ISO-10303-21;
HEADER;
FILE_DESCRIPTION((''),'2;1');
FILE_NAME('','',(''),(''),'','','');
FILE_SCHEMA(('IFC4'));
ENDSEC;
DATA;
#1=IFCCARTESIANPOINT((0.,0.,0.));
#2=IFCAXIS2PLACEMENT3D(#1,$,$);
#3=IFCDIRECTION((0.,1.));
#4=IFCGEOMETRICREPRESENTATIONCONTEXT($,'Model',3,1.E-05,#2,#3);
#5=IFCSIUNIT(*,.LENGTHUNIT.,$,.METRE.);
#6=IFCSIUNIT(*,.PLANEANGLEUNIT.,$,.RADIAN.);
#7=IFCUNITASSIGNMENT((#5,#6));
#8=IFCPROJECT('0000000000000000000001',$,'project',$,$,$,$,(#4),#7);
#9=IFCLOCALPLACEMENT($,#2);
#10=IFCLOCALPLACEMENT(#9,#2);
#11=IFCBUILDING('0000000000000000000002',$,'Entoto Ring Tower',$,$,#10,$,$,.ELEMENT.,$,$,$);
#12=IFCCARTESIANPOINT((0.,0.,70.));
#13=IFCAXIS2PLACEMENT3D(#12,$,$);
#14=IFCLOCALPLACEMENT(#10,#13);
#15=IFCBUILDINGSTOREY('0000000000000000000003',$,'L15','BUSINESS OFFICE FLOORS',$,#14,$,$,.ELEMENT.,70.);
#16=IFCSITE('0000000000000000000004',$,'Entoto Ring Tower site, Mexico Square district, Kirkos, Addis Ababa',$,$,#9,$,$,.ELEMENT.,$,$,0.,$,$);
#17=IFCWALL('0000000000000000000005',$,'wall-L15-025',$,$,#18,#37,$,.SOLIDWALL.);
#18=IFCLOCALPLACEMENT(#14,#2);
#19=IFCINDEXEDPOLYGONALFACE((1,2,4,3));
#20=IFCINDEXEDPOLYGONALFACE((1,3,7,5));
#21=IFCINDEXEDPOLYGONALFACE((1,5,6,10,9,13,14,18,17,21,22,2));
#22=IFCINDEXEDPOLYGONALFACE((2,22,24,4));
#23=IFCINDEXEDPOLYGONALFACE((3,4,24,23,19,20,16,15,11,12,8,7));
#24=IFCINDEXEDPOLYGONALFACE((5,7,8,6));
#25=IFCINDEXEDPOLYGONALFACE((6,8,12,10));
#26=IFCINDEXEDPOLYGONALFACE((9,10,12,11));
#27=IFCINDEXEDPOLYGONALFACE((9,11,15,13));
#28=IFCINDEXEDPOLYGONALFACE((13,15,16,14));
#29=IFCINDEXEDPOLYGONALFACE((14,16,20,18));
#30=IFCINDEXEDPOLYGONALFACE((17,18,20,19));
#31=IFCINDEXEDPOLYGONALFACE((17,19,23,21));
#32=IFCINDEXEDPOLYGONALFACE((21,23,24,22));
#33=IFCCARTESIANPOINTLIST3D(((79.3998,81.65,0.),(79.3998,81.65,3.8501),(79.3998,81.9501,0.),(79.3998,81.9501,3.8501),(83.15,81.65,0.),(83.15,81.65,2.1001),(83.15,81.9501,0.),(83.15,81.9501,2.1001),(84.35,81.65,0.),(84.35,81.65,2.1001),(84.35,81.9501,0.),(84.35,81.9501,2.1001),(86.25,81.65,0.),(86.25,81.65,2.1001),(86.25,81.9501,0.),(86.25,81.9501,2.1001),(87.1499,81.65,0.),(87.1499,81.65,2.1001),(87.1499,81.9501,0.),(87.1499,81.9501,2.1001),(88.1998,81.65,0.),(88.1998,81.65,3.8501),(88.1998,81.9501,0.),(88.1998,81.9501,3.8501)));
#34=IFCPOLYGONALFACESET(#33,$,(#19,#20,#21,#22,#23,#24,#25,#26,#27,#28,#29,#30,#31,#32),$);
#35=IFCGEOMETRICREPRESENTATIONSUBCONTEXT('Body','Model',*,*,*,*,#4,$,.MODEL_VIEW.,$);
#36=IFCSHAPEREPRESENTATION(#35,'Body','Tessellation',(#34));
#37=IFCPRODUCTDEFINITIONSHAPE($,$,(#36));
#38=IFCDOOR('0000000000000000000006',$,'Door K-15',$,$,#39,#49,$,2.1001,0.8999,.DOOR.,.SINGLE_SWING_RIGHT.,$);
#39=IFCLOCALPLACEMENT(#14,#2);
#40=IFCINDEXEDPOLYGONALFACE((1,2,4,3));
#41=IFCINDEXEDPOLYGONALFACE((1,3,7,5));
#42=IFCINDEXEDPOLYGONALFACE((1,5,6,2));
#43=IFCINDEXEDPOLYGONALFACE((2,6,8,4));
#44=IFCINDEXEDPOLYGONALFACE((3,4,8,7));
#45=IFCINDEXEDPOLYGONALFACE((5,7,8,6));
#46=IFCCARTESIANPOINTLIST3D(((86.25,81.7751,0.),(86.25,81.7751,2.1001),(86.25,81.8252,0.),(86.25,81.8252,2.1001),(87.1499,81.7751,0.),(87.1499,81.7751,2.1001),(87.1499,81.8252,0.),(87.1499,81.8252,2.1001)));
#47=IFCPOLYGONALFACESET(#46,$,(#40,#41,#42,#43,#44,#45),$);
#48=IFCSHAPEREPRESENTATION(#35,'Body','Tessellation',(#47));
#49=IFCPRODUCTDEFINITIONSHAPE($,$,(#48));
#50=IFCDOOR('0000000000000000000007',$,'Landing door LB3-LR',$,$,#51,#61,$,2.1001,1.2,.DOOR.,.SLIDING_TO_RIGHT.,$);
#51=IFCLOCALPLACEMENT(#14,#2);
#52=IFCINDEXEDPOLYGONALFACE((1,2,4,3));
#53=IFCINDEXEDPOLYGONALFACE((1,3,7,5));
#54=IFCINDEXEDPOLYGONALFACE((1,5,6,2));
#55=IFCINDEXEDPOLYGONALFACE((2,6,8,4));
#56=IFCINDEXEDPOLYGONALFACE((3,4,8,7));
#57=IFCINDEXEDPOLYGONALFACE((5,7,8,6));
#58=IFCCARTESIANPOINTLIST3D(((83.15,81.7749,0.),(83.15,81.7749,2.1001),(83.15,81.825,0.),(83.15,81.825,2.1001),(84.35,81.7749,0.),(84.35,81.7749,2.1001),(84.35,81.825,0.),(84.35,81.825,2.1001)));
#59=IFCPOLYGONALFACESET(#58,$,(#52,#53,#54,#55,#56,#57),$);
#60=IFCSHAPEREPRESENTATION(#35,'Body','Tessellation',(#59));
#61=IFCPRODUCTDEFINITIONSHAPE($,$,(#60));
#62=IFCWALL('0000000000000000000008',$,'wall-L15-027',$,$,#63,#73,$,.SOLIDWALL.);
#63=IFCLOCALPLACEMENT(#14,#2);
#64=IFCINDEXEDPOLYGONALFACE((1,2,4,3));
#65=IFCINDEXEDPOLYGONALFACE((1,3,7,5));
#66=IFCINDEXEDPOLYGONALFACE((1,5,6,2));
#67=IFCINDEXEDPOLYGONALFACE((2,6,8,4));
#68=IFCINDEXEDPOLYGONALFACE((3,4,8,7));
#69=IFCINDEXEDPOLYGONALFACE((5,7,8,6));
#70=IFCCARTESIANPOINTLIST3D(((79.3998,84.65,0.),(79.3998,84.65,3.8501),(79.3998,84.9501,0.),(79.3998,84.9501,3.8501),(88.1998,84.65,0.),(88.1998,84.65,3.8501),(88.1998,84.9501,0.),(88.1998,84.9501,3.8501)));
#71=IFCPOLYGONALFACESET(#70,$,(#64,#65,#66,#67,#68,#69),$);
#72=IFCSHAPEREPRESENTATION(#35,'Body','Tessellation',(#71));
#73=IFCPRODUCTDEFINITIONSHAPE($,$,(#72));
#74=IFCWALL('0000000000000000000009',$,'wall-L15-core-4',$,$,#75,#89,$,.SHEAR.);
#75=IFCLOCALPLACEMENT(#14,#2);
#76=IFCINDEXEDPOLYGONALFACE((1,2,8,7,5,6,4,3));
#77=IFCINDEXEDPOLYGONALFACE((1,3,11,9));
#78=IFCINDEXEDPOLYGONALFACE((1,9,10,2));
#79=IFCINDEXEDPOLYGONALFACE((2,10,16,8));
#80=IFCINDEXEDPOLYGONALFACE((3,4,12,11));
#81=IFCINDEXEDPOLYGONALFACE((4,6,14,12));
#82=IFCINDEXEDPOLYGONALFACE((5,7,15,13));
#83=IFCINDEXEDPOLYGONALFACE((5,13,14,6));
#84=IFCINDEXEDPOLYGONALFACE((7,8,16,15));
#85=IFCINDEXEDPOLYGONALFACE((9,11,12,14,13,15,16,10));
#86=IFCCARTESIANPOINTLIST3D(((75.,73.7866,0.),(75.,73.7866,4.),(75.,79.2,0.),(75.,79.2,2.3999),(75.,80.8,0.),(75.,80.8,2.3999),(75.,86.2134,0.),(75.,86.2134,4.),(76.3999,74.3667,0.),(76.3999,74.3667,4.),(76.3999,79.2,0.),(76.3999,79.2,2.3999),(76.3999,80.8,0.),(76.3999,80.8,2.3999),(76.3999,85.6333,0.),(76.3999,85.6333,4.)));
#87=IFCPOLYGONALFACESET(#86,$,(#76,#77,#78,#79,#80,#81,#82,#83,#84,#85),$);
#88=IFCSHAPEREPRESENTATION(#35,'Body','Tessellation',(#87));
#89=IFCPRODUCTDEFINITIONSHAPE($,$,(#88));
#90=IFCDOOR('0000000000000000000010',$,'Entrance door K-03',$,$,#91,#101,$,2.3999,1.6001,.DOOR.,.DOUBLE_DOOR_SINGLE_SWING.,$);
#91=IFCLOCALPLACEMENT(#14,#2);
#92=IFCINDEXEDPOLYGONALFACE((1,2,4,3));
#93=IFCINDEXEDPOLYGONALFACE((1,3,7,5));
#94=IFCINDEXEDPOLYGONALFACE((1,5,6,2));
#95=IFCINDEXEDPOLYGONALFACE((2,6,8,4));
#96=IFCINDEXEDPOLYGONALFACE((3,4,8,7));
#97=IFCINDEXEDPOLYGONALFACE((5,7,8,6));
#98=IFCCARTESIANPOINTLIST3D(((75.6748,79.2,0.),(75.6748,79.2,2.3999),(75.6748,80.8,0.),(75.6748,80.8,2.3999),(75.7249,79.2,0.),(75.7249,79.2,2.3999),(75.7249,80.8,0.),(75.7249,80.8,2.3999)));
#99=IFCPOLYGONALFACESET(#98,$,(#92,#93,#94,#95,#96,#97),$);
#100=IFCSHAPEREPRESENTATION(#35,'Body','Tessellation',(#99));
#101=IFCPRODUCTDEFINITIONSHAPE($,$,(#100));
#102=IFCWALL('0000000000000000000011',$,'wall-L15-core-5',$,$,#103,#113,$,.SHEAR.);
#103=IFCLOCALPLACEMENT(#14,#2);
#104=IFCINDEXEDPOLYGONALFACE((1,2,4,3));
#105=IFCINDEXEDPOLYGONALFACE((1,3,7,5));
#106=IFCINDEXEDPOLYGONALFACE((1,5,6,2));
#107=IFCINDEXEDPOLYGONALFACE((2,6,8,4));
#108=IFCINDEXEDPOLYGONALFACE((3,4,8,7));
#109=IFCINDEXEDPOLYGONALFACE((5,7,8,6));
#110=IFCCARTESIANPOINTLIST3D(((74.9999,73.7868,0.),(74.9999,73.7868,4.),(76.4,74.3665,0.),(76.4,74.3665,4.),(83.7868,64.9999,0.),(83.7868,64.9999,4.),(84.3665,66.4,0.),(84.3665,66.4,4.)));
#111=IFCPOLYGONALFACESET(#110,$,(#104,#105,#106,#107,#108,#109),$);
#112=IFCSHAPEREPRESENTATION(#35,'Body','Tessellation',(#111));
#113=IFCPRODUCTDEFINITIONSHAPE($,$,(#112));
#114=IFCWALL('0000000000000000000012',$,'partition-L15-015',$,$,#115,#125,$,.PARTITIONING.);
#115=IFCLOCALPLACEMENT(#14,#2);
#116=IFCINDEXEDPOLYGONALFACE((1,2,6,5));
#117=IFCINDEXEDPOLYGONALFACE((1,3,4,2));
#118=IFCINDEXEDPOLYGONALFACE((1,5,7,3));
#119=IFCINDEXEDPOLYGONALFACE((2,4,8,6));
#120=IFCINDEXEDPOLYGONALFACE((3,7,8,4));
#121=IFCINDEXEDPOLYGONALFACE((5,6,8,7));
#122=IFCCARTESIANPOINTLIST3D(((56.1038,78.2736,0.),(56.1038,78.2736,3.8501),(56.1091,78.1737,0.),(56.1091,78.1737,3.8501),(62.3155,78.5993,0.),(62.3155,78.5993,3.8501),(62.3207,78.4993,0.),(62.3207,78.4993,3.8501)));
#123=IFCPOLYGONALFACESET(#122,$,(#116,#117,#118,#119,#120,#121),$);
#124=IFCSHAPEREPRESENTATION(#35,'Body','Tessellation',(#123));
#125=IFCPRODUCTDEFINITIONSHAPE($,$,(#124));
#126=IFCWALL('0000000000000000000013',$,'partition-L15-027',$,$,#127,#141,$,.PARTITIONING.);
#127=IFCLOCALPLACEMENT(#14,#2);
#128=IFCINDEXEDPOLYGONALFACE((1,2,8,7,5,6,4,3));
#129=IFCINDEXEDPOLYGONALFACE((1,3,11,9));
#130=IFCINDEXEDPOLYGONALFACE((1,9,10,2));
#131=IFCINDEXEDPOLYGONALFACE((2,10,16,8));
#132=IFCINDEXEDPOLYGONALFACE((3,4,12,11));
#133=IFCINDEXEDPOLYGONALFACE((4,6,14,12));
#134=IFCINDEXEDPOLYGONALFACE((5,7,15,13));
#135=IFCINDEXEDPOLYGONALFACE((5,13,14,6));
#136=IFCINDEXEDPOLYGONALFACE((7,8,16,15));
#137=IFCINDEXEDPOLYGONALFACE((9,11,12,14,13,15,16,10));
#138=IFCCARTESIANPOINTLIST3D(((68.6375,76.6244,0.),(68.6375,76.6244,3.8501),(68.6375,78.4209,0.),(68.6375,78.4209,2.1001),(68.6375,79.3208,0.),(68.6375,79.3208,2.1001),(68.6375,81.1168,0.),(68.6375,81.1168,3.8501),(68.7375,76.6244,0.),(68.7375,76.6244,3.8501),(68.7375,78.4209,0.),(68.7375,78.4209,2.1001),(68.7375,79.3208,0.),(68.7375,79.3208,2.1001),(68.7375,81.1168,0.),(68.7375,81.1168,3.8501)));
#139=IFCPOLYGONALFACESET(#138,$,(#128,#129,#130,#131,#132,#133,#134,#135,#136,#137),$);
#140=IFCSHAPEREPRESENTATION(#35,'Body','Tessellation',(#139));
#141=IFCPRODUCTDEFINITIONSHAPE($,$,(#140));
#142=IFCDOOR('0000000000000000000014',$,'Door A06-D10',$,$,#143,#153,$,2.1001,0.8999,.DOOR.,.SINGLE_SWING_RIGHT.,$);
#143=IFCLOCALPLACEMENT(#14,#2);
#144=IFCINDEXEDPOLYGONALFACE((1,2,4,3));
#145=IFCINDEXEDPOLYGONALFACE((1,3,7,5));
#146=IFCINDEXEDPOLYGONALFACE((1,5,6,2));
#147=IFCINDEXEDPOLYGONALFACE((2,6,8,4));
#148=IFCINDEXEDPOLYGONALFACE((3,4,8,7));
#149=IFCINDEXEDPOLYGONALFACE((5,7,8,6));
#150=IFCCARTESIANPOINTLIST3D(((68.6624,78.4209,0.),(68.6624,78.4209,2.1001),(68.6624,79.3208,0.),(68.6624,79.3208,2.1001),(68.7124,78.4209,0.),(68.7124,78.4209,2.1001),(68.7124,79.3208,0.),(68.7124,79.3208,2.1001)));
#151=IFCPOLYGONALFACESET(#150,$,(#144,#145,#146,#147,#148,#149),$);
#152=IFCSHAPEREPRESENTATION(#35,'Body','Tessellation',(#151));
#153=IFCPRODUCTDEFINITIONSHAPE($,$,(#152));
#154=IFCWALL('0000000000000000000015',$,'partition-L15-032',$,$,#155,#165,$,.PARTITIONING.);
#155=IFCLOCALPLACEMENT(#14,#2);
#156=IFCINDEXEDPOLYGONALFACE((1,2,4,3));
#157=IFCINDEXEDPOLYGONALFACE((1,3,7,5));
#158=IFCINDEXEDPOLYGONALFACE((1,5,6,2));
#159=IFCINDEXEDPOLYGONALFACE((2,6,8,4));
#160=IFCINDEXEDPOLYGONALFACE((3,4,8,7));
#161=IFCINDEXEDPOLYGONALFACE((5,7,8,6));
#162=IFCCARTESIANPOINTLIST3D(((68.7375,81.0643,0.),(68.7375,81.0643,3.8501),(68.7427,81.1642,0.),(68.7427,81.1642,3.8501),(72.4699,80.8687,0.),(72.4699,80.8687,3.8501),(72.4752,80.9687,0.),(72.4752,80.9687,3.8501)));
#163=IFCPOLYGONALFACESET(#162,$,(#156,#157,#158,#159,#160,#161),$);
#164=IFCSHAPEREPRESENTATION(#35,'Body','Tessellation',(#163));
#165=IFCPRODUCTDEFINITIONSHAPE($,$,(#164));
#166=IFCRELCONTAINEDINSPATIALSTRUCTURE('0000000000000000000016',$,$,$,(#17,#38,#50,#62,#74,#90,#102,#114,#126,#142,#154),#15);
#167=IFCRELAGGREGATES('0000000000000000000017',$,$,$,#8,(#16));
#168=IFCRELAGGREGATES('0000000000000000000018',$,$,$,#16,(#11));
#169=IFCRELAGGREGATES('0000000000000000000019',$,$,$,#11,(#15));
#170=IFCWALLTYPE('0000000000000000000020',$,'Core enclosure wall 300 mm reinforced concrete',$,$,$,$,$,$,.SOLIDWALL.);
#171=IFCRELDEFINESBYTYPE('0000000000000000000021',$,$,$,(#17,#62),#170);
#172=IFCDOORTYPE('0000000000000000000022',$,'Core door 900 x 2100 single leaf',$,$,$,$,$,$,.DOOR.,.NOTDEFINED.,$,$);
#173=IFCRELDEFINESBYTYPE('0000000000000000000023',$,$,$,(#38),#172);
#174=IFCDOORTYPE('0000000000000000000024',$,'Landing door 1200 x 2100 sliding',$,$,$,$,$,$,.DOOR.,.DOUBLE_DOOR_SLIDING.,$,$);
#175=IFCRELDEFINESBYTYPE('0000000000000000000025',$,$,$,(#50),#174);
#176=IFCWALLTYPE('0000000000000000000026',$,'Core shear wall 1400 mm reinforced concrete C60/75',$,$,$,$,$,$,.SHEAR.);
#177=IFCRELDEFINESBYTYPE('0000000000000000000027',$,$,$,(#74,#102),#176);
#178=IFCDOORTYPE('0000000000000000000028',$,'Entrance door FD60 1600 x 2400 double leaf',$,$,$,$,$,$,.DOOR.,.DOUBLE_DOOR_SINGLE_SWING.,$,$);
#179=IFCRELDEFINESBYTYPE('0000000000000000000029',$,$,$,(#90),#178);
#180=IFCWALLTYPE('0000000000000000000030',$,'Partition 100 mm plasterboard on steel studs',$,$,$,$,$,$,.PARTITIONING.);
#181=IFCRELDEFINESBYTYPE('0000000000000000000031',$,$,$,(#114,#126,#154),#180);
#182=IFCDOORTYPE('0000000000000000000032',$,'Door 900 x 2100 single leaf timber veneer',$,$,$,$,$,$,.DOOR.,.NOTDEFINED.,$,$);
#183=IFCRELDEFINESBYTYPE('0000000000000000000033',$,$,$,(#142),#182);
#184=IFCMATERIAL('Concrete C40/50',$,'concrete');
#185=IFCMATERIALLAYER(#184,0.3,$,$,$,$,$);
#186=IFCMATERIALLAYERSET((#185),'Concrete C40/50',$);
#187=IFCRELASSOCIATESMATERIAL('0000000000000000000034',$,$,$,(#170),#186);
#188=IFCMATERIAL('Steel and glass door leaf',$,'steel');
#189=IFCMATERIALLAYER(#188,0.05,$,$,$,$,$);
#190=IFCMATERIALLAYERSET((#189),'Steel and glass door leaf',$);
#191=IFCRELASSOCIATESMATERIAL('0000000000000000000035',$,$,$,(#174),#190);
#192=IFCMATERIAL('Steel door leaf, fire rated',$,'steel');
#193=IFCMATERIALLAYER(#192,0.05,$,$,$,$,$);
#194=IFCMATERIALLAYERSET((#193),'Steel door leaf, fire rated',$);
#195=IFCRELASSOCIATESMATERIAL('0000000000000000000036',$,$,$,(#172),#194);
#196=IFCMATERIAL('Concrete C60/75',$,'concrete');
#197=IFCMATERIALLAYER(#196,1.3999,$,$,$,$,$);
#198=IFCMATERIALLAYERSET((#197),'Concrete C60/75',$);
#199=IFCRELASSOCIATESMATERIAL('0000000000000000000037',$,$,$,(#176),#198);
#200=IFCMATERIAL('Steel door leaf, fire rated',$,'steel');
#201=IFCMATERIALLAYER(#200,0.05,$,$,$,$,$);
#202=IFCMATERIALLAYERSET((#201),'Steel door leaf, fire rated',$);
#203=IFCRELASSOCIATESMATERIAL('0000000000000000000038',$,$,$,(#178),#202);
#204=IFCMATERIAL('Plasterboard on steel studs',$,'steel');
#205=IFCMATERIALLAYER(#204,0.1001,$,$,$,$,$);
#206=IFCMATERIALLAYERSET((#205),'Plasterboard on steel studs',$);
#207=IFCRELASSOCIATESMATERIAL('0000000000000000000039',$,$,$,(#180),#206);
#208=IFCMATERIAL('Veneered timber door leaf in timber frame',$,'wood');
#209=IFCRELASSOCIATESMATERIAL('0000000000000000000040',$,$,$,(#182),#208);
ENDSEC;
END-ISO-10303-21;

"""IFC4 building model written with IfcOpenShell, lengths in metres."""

from ifc_helpers import new_model, si_unit, direction, frame, frame_2d, origin, place, context, subcontext, project, spatial, polyline, rectangle, outline, extrude, material, layer, layer_set, type_object, element, fill, save


model = new_model("IFC4")

# Units and contexts
model_context = context("Model", 3, precision=1e-05, world=origin(), true_north=direction((0.0, 1.0)))
body_context = subcontext(model_context, "Body", "Model", "MODEL_VIEW")
ifc_project = project(units=[si_unit("LENGTHUNIT", "METRE"), si_unit("PLANEANGLEUNIT", "RADIAN")], contexts=[model_context])

# Site, building, storey
site_placement = place(None, origin())
site = spatial("IfcSite", under=ifc_project, at=site_placement, Name="Entoto Ring Tower site, Mexico Square district, Kirkos, Addis Ababa", CompositionType="ELEMENT", RefElevation=0.0)
building_placement = place(site_placement, origin())
building = spatial("IfcBuilding", under=site, at=building_placement, Name="Entoto Ring Tower", CompositionType="ELEMENT")
storey_placement = place(building_placement, frame((0.0, 0.0, 70.0)))
storey = spatial("IfcBuildingStorey", under=building, at=storey_placement, Name="L15", Description="BUSINESS OFFICE FLOORS", CompositionType="ELEMENT", Elevation=70.0)

# Shared definitions
ifc_material_1 = material(Name="Concrete C40/50", Category="concrete")
ifc_layer_1 = layer(ifc_material_1, 0.3)
ifc_layer_set_1 = layer_set([ifc_layer_1], Name="Concrete C40/50")
wall_type_1 = type_object("IfcWallType", Name="Core enclosure wall 300 mm reinforced concrete", PredefinedType="SOLIDWALL", material=ifc_layer_set_1)

# Shared definitions
ifc_material_2 = material(Name="Steel and glass door leaf", Category="steel")
ifc_layer_2 = layer(ifc_material_2, 0.05)
ifc_layer_set_2 = layer_set([ifc_layer_2], Name="Steel and glass door leaf")
door_type_1 = type_object("IfcDoorType", Name="Landing door 1200 x 2100 sliding", OperationType="DOUBLE_DOOR_SLIDING", PredefinedType="DOOR", material=ifc_layer_set_2)

# Wall, openings, doors
wall_1_placement = place(storey_placement, frame((79.3999, 81.8, 0.0), z_axis=(0.0, 0.0, 1.0), x_axis=(1.0, 0.0, 0.0)))
wall_1 = element("IfcWall", 1, at=wall_1_placement, inside=storey, type_object=wall_type_1, Name="wall-L15-025", PredefinedType="SOLIDWALL", context=body_context, shape_type="SweptSolid", body=[
    extrude(rectangle(XDim=8.8, YDim=0.3, at=frame_2d((4.3999, 0.0))), origin(), (0.0, 0.0, 1.0), 3.8501),
])
opening_1_placement = place(wall_1_placement, frame((3.75, 0.0, 0.0)))
opening_1 = element("IfcOpeningElement", 2, at=opening_1_placement, cuts=wall_1, PredefinedType="OPENING", context=body_context, shape_type="SweptSolid", body=[
    extrude(rectangle(XDim=1.2, YDim=2.1001, at=frame_2d((0.6001, 1.05))), frame((0.0, 0.1602, 0.0), z_axis=(0.0, -1.0, 0.0), x_axis=(1.0, 0.0, 0.0)), (0.0, 0.0, 1.0), 0.3201),
])
opening_2_placement = place(wall_1_placement, frame((6.8501, 0.0, 0.0)))
opening_2 = element("IfcOpeningElement", 3, at=opening_2_placement, cuts=wall_1, PredefinedType="OPENING", context=body_context, shape_type="SweptSolid", body=[
    extrude(rectangle(XDim=0.8999, YDim=2.1001, at=frame_2d((0.45, 1.05))), frame((0.0, 0.1602, 0.0), z_axis=(0.0, -1.0, 0.0), x_axis=(1.0, 0.0, 0.0)), (0.0, 0.0, 1.0), 0.3201),
])
ifc_material_3 = material(Name="Steel door leaf, fire rated", Category="steel")
ifc_layer_3 = layer(ifc_material_3, 0.05)
ifc_layer_set_3 = layer_set([ifc_layer_3], Name="Steel door leaf, fire rated")
door_type_2 = type_object("IfcDoorType", Name="Core door 900 x 2100 single leaf", OperationType="NOTDEFINED", PredefinedType="DOOR", material=ifc_layer_set_3)
door_1_placement = place(opening_2_placement, frame((0.8999, 0.0, 0.0), z_axis=(0.0, 0.0, 1.0), x_axis=(-1.0, 0.0, 0.0)))
door_1 = element("IfcDoor", 4, at=door_1_placement, inside=storey, type_object=door_type_2, Name="Door K-15", OperationType="SINGLE_SWING_RIGHT", OverallHeight=2.1001, OverallWidth=0.8999, PredefinedType="DOOR", context=body_context, shape_type="SweptSolid", body=[
    extrude(rectangle(XDim=0.8999, YDim=2.1001, at=frame_2d((0.45, 1.05))), frame((0.0, 0.0249, 0.0), z_axis=(0.0, -1.0, 0.0), x_axis=(1.0, 0.0, 0.0)), (0.0, 0.0, 1.0), 0.05),
])
fill(opening_2, door_1)
door_2_placement = place(opening_1_placement, origin())
door_2 = element("IfcDoor", 5, at=door_2_placement, inside=storey, type_object=door_type_1, Name="Landing door LB3-LR", OperationType="SLIDING_TO_RIGHT", OverallHeight=2.1001, OverallWidth=1.2, PredefinedType="DOOR", context=body_context, shape_type="SweptSolid", body=[
    extrude(rectangle(XDim=1.2, YDim=2.1001, at=frame_2d((0.6001, 1.05))), frame((0.0, 0.0249, 0.0), z_axis=(0.0, -1.0, 0.0), x_axis=(1.0, 0.0, 0.0)), (0.0, 0.0, 1.0), 0.05),
])
fill(opening_1, door_2)

# Wall
wall_2_placement = place(storey_placement, frame((79.3999, 84.8, 0.0), z_axis=(0.0, 0.0, 1.0), x_axis=(1.0, 0.0, 0.0)))
element("IfcWall", 6, at=wall_2_placement, inside=storey, type_object=wall_type_1, Name="wall-L15-027", PredefinedType="SOLIDWALL", context=body_context, shape_type="SweptSolid", body=[
    extrude(rectangle(XDim=8.8, YDim=0.3, at=frame_2d((4.3999, 0.0))), origin(), (0.0, 0.0, 1.0), 3.8501),
])

# Wall, opening, door
ifc_material_4 = material(Name="Concrete C60/75", Category="concrete")
ifc_layer_4 = layer(ifc_material_4, 1.3999)
ifc_layer_set_4 = layer_set([ifc_layer_4], Name="Concrete C60/75")
wall_type_2 = type_object("IfcWallType", Name="Core shear wall 1400 mm reinforced concrete C60/75", PredefinedType="SHEAR", material=ifc_layer_set_4)
wall_3_placement = place(storey_placement, frame((75.7, 85.9233, 0.0), z_axis=(0.0, 0.0, 1.0), x_axis=(0.0, -1.0, 0.0)))
wall_3 = element("IfcWall", 7, at=wall_3_placement, inside=storey, type_object=wall_type_2, Name="wall-L15-core-4", PredefinedType="SHEAR", context=body_context, shape_type="SweptSolid", body=[
    extrude(outline(polyline([(-0.29, -0.7), (12.1367, -0.7), (11.5566, 0.7), (0.29, 0.7), (-0.29, -0.7)])), origin(), (0.0, 0.0, 1.0), 4.0),
])
opening_3_placement = place(wall_3_placement, frame((5.1233, 0.0, 0.0)))
opening_3 = element("IfcOpeningElement", 8, at=opening_3_placement, cuts=wall_3, PredefinedType="OPENING", context=body_context, shape_type="SweptSolid", body=[
    extrude(rectangle(XDim=1.6001, YDim=2.3999, at=frame_2d((0.8, 1.2))), frame((0.0, 0.71, 0.0), z_axis=(0.0, -1.0, 0.0), x_axis=(1.0, 0.0, 0.0)), (0.0, 0.0, 1.0), 1.4199),
])
ifc_material_5 = material(Name="Steel door leaf, fire rated", Category="steel")
ifc_layer_5 = layer(ifc_material_5, 0.05)
ifc_layer_set_5 = layer_set([ifc_layer_5], Name="Steel door leaf, fire rated")
door_type_3 = type_object("IfcDoorType", Name="Entrance door FD60 1600 x 2400 double leaf", OperationType="DOUBLE_DOOR_SINGLE_SWING", PredefinedType="DOOR", material=ifc_layer_set_5)
door_3_placement = place(opening_3_placement, origin())
door_3 = element("IfcDoor", 9, at=door_3_placement, inside=storey, type_object=door_type_3, Name="Entrance door K-03", OperationType="DOUBLE_DOOR_SINGLE_SWING", OverallHeight=2.3999, OverallWidth=1.6001, PredefinedType="DOOR", context=body_context, shape_type="SweptSolid", body=[
    extrude(rectangle(XDim=1.6001, YDim=2.3999, at=frame_2d((0.8, 1.2))), frame((0.0, 0.0249, 0.0), z_axis=(0.0, -1.0, 0.0), x_axis=(1.0, 0.0, 0.0)), (0.0, 0.0, 1.0), 0.05),
])
fill(opening_3, door_3)

# Walls
wall_4_placement = place(storey_placement, frame((75.7, 74.0767, 0.0), z_axis=(0.0, 0.0, 1.0), x_axis=(0.707107, -0.707107, 0.0)))
element("IfcWall", 10, at=wall_4_placement, inside=storey, type_object=wall_type_2, Name="wall-L15-core-5", PredefinedType="SHEAR", context=body_context, shape_type="SweptSolid", body=[
    extrude(outline(polyline([(-0.29, -0.7), (12.1365, -0.7), (11.5564, 0.7), (0.29, 0.7), (-0.29, -0.7)])), origin(), (0.0, 0.0, 1.0), 4.0),
])
ifc_material_6 = material(Name="Plasterboard on steel studs", Category="steel")
ifc_layer_6 = layer(ifc_material_6, 0.1001)
ifc_layer_set_6 = layer_set([ifc_layer_6], Name="Plasterboard on steel studs")
wall_type_3 = type_object("IfcWallType", Name="Partition 100 mm plasterboard on steel studs", PredefinedType="PARTITIONING", material=ifc_layer_set_6)
wall_5_placement = place(storey_placement, frame((56.1064, 78.2236, 0.0), z_axis=(0.0, 0.0, 1.0), x_axis=(0.998628, 0.052359, 0.0)))
element("IfcWall", 11, at=wall_5_placement, inside=storey, type_object=wall_type_3, Name="partition-L15-015", PredefinedType="PARTITIONING", context=body_context, shape_type="SweptSolid", body=[
    extrude(rectangle(XDim=6.2202, YDim=0.1001, at=frame_2d((3.1101, 0.0))), origin(), (0.0, 0.0, 1.0), 3.8501),
])

# Wall, opening, door
wall_6_placement = place(storey_placement, frame((68.6875, 76.6245, 0.0), z_axis=(0.0, 0.0, 1.0), x_axis=(0.0, 1.0, 0.0)))
wall_6 = element("IfcWall", 12, at=wall_6_placement, inside=storey, type_object=wall_type_3, Name="partition-L15-027", PredefinedType="PARTITIONING", context=body_context, shape_type="SweptSolid", body=[
    extrude(rectangle(XDim=4.4924, YDim=0.1001, at=frame_2d((2.2461, 0.0))), origin(), (0.0, 0.0, 1.0), 3.8501),
])
opening_4_placement = place(wall_6_placement, frame((1.7964, 0.0, 0.0)))
opening_4 = element("IfcOpeningElement", 13, at=opening_4_placement, cuts=wall_6, PredefinedType="OPENING", context=body_context, shape_type="SweptSolid", body=[
    extrude(rectangle(XDim=0.8999, YDim=2.1001, at=frame_2d((0.45, 1.05))), frame((0.0, 0.0601, 0.0), z_axis=(0.0, -1.0, 0.0), x_axis=(1.0, 0.0, 0.0)), (0.0, 0.0, 1.0), 0.1201),
])
ifc_material_7 = material(Name="Veneered timber door leaf in timber frame", Category="wood")
door_type_4 = type_object("IfcDoorType", Name="Door 900 x 2100 single leaf timber veneer", OperationType="NOTDEFINED", PredefinedType="DOOR", material=ifc_material_7)
door_4_placement = place(opening_4_placement, frame((0.8999, 0.0, 0.0), z_axis=(0.0, 0.0, 1.0), x_axis=(-1.0, 0.0, 0.0)))
door_4 = element("IfcDoor", 14, at=door_4_placement, inside=storey, type_object=door_type_4, Name="Door A06-D10", OperationType="SINGLE_SWING_RIGHT", OverallHeight=2.1001, OverallWidth=0.8999, PredefinedType="DOOR", context=body_context, shape_type="SweptSolid", body=[
    extrude(rectangle(XDim=0.8999, YDim=2.1001, at=frame_2d((0.45, 1.05))), frame((0.0, 0.0249, 0.0), z_axis=(0.0, -1.0, 0.0), x_axis=(1.0, 0.0, 0.0)), (0.0, 0.0, 1.0), 0.05),
])
fill(opening_4, door_4)

# Wall
wall_7_placement = place(storey_placement, frame((72.4724, 80.9187, 0.0), z_axis=(0.0, 0.0, 1.0), x_axis=(-0.99863, 0.052322, 0.0)))
element("IfcWall", 15, at=wall_7_placement, inside=storey, type_object=wall_type_3, Name="partition-L15-032", PredefinedType="PARTITIONING", context=body_context, shape_type="SweptSolid", body=[
    extrude(rectangle(XDim=3.7375, YDim=0.1001, at=frame_2d((1.8687, 0.0))), origin(), (0.0, 0.0, 1.0), 3.8501),
])

save(model, "model.ifc")
